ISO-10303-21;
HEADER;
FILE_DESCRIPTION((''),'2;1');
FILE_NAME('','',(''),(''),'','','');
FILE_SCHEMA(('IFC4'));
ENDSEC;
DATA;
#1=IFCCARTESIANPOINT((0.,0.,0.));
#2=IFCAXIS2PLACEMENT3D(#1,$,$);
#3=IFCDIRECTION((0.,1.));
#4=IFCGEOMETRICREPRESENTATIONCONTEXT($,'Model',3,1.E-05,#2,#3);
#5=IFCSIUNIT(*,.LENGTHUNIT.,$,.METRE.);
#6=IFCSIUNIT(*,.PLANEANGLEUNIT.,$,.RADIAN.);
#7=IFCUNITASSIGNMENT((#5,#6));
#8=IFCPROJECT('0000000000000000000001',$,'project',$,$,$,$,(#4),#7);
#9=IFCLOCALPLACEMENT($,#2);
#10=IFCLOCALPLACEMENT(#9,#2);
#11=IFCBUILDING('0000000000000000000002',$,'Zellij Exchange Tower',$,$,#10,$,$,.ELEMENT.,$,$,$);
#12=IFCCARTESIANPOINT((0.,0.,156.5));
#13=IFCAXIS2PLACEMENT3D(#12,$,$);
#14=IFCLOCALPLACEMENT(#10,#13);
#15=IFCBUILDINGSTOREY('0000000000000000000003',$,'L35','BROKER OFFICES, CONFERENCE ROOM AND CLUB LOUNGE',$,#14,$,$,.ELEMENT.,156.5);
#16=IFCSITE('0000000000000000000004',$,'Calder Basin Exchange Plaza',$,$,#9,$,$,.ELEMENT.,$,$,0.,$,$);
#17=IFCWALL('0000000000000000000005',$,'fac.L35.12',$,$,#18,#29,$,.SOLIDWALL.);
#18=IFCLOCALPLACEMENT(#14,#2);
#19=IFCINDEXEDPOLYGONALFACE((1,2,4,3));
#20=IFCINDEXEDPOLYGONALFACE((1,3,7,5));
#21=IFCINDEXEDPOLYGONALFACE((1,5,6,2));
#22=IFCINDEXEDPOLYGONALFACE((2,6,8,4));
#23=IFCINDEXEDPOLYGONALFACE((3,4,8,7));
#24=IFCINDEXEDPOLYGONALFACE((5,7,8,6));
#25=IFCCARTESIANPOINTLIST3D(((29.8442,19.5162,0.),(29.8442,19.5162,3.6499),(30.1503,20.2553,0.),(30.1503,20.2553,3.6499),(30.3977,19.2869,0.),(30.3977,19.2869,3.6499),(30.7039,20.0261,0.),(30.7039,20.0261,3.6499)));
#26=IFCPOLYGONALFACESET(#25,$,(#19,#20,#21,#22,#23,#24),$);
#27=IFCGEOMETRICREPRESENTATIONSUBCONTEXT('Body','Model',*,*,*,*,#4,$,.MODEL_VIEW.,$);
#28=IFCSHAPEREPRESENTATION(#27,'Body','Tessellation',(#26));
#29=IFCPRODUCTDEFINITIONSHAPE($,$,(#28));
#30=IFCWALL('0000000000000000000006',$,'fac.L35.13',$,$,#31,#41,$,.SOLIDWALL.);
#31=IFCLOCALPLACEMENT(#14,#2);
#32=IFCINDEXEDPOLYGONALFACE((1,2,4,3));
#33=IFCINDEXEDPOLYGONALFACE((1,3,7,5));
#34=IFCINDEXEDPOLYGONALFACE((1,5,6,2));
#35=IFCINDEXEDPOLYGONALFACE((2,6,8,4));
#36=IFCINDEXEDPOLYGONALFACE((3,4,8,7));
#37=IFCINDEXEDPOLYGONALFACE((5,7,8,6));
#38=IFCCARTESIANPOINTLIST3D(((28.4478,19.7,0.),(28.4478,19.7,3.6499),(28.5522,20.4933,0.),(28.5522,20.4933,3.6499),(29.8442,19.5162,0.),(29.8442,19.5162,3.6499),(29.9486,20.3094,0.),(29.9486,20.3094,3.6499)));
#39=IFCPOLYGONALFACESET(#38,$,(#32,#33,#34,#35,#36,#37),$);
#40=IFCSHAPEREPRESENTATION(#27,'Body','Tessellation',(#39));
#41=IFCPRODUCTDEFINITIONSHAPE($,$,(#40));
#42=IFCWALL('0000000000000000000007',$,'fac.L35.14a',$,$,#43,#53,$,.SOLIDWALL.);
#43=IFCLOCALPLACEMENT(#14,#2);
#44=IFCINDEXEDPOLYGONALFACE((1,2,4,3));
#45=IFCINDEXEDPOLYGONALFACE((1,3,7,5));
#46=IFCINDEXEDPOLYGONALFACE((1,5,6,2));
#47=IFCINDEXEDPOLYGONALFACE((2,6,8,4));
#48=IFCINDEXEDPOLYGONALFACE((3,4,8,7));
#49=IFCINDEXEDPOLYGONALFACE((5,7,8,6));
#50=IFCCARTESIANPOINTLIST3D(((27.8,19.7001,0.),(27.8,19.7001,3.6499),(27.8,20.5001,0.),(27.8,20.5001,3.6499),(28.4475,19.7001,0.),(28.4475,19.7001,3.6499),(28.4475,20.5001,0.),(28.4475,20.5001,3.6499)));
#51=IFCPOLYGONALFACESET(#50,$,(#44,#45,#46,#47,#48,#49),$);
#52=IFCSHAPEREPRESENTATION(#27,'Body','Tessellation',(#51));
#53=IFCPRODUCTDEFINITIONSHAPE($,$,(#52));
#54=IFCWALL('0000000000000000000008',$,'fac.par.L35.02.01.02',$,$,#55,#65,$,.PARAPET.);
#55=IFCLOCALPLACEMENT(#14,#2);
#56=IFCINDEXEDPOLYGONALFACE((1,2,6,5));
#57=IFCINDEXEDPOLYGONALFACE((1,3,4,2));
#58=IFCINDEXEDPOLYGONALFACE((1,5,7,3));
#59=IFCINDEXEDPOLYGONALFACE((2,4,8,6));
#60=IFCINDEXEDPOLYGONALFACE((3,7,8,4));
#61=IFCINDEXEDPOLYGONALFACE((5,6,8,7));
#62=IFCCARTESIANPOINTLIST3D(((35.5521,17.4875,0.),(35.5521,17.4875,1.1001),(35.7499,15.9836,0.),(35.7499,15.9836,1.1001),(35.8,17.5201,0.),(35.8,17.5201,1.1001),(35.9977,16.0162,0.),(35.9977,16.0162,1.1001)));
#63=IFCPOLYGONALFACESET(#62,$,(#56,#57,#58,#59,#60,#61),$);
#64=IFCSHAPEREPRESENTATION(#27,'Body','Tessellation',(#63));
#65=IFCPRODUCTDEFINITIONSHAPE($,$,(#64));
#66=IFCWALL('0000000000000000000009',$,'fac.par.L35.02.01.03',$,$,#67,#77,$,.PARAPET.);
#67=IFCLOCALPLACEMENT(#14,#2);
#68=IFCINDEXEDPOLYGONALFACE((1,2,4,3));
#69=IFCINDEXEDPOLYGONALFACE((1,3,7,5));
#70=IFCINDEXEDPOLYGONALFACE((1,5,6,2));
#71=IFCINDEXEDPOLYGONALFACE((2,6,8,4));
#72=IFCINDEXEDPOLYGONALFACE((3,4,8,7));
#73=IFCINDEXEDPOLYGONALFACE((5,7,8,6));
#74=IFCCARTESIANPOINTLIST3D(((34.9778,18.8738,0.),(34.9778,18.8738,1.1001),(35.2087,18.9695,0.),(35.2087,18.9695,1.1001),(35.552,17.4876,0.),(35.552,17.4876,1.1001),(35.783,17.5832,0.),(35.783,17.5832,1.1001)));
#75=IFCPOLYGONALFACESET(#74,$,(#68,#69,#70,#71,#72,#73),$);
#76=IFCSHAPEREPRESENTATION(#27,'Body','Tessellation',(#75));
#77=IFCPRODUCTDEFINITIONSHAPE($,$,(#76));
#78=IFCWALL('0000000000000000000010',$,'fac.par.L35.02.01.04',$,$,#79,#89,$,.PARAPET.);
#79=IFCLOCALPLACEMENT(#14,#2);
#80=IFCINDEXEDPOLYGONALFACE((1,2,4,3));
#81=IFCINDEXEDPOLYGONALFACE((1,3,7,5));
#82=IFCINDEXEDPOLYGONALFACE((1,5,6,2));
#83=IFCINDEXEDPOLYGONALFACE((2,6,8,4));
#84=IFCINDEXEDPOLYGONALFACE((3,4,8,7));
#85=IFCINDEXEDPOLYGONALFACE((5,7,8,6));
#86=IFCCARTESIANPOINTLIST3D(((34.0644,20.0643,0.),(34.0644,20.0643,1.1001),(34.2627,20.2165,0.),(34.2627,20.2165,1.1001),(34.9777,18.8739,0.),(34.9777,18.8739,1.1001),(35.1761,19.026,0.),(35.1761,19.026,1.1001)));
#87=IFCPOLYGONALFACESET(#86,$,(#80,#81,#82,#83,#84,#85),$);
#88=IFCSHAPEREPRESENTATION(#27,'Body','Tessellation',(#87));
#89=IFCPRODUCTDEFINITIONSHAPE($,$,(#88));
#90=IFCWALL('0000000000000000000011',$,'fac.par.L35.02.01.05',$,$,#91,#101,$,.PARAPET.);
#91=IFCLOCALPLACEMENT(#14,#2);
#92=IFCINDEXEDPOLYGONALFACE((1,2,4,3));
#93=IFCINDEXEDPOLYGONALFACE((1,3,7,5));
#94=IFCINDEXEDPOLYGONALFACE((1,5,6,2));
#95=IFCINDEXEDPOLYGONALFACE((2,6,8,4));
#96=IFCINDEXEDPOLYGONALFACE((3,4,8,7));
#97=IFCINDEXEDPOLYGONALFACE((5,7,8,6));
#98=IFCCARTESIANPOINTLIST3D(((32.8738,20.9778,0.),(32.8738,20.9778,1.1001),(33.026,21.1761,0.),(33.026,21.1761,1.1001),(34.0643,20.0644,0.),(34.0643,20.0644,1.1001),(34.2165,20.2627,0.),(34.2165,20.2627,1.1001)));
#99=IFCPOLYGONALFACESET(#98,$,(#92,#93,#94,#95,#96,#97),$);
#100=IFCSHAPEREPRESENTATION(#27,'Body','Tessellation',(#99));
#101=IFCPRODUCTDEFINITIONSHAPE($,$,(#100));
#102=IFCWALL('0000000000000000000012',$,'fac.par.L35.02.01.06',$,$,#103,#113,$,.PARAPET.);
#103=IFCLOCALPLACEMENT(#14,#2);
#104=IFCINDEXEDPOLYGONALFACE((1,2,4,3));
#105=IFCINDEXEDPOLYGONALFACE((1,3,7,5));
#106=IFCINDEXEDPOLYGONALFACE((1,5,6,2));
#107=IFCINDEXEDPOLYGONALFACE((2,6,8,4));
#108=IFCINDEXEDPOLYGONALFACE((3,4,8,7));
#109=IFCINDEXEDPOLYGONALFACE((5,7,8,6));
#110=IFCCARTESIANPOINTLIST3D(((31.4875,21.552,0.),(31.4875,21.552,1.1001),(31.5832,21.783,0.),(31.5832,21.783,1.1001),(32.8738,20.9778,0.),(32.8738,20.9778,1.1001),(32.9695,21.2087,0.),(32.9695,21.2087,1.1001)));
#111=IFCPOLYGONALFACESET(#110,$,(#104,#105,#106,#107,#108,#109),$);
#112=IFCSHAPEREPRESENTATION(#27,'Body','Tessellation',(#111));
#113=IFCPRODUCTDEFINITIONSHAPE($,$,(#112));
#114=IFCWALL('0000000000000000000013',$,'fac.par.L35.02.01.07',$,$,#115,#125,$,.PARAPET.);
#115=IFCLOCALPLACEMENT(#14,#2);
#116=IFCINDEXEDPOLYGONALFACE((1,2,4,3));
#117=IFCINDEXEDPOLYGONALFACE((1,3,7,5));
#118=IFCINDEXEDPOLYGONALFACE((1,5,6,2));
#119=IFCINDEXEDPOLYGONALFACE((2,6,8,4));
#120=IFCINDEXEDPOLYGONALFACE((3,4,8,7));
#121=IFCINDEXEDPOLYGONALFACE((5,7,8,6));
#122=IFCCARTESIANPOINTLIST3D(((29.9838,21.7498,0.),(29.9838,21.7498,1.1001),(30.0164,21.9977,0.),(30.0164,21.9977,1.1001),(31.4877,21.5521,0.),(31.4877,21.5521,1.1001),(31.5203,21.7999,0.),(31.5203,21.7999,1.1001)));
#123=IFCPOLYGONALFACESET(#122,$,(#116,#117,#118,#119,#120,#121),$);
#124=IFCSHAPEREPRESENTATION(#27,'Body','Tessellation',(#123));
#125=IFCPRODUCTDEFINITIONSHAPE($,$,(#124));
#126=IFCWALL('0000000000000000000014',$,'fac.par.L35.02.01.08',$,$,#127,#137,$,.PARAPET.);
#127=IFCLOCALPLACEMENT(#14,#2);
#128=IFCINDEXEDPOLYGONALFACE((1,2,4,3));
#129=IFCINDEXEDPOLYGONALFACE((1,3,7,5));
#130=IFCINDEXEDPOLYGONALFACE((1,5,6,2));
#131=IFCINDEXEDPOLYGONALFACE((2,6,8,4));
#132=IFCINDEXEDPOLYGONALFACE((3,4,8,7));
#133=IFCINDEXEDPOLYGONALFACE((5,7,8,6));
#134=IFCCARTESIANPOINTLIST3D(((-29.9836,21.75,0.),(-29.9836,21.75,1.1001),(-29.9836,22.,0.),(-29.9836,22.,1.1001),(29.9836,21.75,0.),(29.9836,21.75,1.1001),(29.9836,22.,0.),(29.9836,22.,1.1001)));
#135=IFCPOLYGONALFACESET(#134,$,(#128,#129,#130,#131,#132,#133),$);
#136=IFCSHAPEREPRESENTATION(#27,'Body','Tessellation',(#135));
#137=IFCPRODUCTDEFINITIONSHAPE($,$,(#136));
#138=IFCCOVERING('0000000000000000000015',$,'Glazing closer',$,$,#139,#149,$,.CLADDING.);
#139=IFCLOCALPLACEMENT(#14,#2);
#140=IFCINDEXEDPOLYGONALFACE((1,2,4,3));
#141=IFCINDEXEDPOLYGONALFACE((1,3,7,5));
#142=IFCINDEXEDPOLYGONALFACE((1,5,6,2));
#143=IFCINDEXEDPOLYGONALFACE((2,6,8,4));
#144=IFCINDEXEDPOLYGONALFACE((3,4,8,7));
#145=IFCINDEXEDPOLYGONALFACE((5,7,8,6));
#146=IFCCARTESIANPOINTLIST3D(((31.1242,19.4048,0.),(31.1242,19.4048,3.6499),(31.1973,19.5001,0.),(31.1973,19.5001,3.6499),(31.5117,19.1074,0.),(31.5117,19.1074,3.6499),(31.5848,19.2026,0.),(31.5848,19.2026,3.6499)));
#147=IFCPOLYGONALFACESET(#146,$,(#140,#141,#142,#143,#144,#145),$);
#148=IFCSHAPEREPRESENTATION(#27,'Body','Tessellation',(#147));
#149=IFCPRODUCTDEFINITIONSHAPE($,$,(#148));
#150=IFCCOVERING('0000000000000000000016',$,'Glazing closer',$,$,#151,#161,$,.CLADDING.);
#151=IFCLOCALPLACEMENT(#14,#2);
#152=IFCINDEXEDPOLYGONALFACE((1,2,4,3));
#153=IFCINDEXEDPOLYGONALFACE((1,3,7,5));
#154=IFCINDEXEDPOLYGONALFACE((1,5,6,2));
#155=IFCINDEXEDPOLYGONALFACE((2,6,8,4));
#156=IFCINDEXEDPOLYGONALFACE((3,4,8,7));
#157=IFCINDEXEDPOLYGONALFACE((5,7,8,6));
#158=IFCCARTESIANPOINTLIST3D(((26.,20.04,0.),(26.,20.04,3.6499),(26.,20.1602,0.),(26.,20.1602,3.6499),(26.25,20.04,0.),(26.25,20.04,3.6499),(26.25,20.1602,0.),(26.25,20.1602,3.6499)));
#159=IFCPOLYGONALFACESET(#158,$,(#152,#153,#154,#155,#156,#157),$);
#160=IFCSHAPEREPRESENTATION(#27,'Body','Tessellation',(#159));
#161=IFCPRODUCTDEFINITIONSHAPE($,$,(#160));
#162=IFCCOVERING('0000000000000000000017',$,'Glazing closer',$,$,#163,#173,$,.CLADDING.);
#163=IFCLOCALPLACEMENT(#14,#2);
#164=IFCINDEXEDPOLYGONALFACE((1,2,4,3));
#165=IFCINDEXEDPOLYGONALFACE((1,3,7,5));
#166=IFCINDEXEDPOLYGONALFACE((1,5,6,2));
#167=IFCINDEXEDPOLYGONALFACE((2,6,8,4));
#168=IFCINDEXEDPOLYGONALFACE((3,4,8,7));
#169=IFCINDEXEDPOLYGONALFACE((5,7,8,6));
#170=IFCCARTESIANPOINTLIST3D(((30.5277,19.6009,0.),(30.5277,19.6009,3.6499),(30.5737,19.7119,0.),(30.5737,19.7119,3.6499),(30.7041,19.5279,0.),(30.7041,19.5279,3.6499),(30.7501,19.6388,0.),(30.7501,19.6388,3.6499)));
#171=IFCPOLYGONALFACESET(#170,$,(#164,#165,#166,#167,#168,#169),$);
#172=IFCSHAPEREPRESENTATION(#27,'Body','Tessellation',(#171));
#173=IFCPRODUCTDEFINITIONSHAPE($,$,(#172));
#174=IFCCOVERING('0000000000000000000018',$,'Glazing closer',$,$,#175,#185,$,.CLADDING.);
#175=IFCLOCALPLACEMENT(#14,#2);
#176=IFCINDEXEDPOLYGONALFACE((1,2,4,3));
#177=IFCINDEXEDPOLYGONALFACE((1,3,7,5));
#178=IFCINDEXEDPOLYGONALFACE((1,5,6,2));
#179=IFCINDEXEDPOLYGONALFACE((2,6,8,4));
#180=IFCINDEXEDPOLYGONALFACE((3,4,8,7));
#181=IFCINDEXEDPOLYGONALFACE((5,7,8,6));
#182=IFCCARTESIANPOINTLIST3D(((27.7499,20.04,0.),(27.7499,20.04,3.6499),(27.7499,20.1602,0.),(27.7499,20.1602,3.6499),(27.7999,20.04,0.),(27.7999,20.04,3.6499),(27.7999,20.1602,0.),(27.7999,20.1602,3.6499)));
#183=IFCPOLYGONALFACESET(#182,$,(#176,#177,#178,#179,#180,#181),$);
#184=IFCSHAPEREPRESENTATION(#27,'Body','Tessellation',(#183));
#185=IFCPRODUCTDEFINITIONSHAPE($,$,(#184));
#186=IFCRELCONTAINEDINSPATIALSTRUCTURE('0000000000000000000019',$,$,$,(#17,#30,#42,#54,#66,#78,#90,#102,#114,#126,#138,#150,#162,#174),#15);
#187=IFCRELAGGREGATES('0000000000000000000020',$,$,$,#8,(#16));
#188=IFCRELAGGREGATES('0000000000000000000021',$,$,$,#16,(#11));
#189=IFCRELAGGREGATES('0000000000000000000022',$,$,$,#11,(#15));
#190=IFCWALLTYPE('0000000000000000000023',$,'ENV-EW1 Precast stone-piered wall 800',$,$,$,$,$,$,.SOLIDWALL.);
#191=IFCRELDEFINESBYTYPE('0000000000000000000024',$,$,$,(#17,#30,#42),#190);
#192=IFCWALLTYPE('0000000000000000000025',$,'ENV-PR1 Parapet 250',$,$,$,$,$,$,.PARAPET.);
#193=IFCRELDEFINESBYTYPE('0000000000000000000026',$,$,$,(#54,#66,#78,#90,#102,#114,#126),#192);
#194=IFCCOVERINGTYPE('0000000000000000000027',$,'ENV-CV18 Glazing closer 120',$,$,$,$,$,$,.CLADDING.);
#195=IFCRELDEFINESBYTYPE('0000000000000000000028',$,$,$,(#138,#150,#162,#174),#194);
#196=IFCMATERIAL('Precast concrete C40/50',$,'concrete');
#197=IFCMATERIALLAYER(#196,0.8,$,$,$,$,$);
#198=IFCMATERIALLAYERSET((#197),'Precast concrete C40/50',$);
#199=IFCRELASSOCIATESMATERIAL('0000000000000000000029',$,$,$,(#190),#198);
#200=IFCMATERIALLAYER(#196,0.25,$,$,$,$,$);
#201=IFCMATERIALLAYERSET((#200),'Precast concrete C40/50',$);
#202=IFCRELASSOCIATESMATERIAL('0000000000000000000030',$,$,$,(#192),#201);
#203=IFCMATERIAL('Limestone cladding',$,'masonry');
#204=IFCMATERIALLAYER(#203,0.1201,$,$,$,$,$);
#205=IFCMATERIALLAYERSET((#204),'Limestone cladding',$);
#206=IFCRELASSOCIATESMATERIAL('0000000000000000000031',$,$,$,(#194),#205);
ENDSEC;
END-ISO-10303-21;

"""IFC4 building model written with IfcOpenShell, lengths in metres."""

from ifc_helpers import new_model, si_unit, direction, frame, frame_2d, origin, origin_2d, place, context, subcontext, project, spatial, rectangle, extrude, material, layer, layer_set, type_object, element, save


model = new_model("IFC4")

# Units and contexts
model_context = context("Model", 3, precision=1e-05, world=origin(), true_north=direction((0.0, 1.0)))
body_context = subcontext(model_context, "Body", "Model", "MODEL_VIEW")
ifc_project = project(units=[si_unit("LENGTHUNIT", "METRE"), si_unit("PLANEANGLEUNIT", "RADIAN")], contexts=[model_context])

# Site, building, storey
site_placement = place(None, origin())
site = spatial("IfcSite", under=ifc_project, at=site_placement, Name="Calder Basin Exchange Plaza", CompositionType="ELEMENT", RefElevation=0.0)
building_placement = place(site_placement, origin())
building = spatial("IfcBuilding", under=site, at=building_placement, Name="Zellij Exchange Tower", CompositionType="ELEMENT")
storey_placement = place(building_placement, frame((0.0, 0.0, 156.5)))
storey = spatial("IfcBuildingStorey", under=building, at=storey_placement, Name="L35", Description="BROKER OFFICES, CONFERENCE ROOM AND CLUB LOUNGE", CompositionType="ELEMENT", Elevation=156.5)

# Walls
ifc_material_1 = material(Name="Precast concrete C40/50", Category="concrete")
ifc_layer_1 = layer(ifc_material_1, 0.8)
ifc_layer_set_1 = layer_set([ifc_layer_1], Name="Precast concrete C40/50")
wall_type_1 = type_object("IfcWallType", Name="ENV-EW1 Precast stone-piered wall 800", PredefinedType="SOLIDWALL", material=ifc_layer_set_1)
wall_1_placement = place(storey_placement, frame((30.5508, 19.6565, 0.0), z_axis=(0.0, 0.0, 1.0), x_axis=(-0.923883, 0.382676, 0.0)))
element("IfcWall", 1, at=wall_1_placement, inside=storey, type_object=wall_type_1, Name="fac.L35.12", PredefinedType="SOLIDWALL", context=body_context, shape_type="SweptSolid", body=[
    extrude(rectangle(XDim=0.5991, YDim=0.8, at=frame_2d((0.2996, 0.0))), origin(), (0.0, 0.0, 1.0), 3.6499),
])
wall_2_placement = place(storey_placement, frame((29.8962, 19.9128, 0.0), z_axis=(0.0, 0.0, 1.0), x_axis=(-0.991446, 0.130517, 0.0)))
element("IfcWall", 2, at=wall_2_placement, inside=storey, type_object=wall_type_1, Name="fac.L35.13", PredefinedType="SOLIDWALL", context=body_context, shape_type="SweptSolid", body=[
    extrude(rectangle(XDim=1.4084, YDim=0.8, at=frame_2d((0.7041, 0.0))), origin(), (0.0, 0.0, 1.0), 3.6499),
])
wall_3_placement = place(storey_placement, frame((28.4475, 20.1001, 0.0), z_axis=(0.0, 0.0, 1.0), x_axis=(-1.0, 0.0, 0.0)))
element("IfcWall", 3, at=wall_3_placement, inside=storey, type_object=wall_type_1, Name="fac.L35.14a", PredefinedType="SOLIDWALL", context=body_context, shape_type="SweptSolid", body=[
    extrude(rectangle(XDim=0.6475, YDim=0.8, at=frame_2d((0.3237, 0.0))), origin(), (0.0, 0.0, 1.0), 3.6499),
])
ifc_layer_2 = layer(ifc_material_1, 0.25)
ifc_layer_set_2 = layer_set([ifc_layer_2], Name="Precast concrete C40/50")
wall_type_2 = type_object("IfcWallType", Name="ENV-PR1 Parapet 250", PredefinedType="PARAPET", material=ifc_layer_set_2)
wall_4_placement = place(storey_placement, frame((35.8738, 16.0, 0.0), z_axis=(0.0, 0.0, 1.0), x_axis=(-0.130371, 0.991465, 0.0)))
element("IfcWall", 4, at=wall_4_placement, inside=storey, type_object=wall_type_2, Name="fac.par.L35.02.01.02", PredefinedType="PARAPET", context=body_context, shape_type="SweptSolid", body=[
    extrude(rectangle(XDim=1.5168, YDim=0.25, at=frame_2d((0.7583, 0.0))), origin(), (0.0, 0.0, 1.0), 1.1001),
])
for number, where, z_axis, x_axis, name in (
    (5, (35.6675, 17.5354, 0.0), (0.0, 0.0, 1.0), (-0.382697, 0.923874, 0.0), "fac.par.L35.02.01.03"),
    (6, (35.0769, 18.95, 0.0), (0.0, 0.0, 1.0), (-0.608712, 0.793392, 0.0), "fac.par.L35.02.01.04"),
    (7, (34.1404, 20.1636, 0.0), (0.0, 0.0, 1.0), (-0.793392, 0.608712, 0.0), "fac.par.L35.02.01.05"),
    (8, (32.9216, 21.0933, 0.0), (0.0, 0.0, 1.0), (-0.923874, 0.382697, 0.0), "fac.par.L35.02.01.06"),
):
    element("IfcWall", number, at=place(storey_placement, frame(where, z_axis=z_axis, x_axis=x_axis)), inside=storey, type_object=wall_type_2, Name=name, PredefinedType="PARAPET", context=body_context, shape_type="SweptSolid", body=[
        extrude(rectangle(XDim=1.5005, YDim=0.25, at=frame_2d((0.7502, 0.0))), origin(), (0.0, 0.0, 1.0), 1.1001),
    ])
wall_5_placement = place(storey_placement, frame((31.5039, 21.676, 0.0), z_axis=(0.0, 0.0, 1.0), x_axis=(-0.991465, 0.130371, 0.0)))
element("IfcWall", 9, at=wall_5_placement, inside=storey, type_object=wall_type_2, Name="fac.par.L35.02.01.07", PredefinedType="PARAPET", context=body_context, shape_type="SweptSolid", body=[
    extrude(rectangle(XDim=1.5168, YDim=0.25, at=frame_2d((0.7583, 0.0))), origin(), (0.0, 0.0, 1.0), 1.1001),
])
wall_6_placement = place(storey_placement, frame((29.9836, 21.875, 0.0), z_axis=(0.0, 0.0, 1.0), x_axis=(-1.0, 0.0, 0.0)))
element("IfcWall", 10, at=wall_6_placement, inside=storey, type_object=wall_type_2, Name="fac.par.L35.02.01.08", PredefinedType="PARAPET", context=body_context, shape_type="SweptSolid", body=[
    extrude(rectangle(XDim=59.9673, YDim=0.25, at=frame_2d((29.9836, 0.0))), origin(), (0.0, 0.0, 1.0), 1.1001),
])

# Coverings
ifc_material_2 = material(Name="Limestone cladding", Category="masonry")
ifc_layer_3 = layer(ifc_material_2, 0.1201)
ifc_layer_set_3 = layer_set([ifc_layer_3], Name="Limestone cladding")
covering_type = type_object("IfcCoveringType", Name="ENV-CV18 Glazing closer 120", PredefinedType="CLADDING", material=ifc_layer_set_3)
covering_1_placement = place(storey_placement, frame((31.3545, 19.3037, 0.0), z_axis=(0.0, 0.0, 1.0), x_axis=(-0.793316, 0.60881, 0.0)))
element("IfcCovering", 11, at=covering_1_placement, inside=storey, type_object=covering_type, Name="Glazing closer", PredefinedType="CLADDING", context=body_context, shape_type="SweptSolid", body=[
    extrude(rectangle(XDim=0.4885, YDim=0.1201, at=origin_2d()), origin(), (0.0, 0.0, 1.0), 3.6499),
])
covering_2_placement = place(storey_placement, frame((26.125, 20.1001, 0.0), z_axis=(0.0, 0.0, 1.0), x_axis=(1.0, 0.0, 0.0)))
element("IfcCovering", 12, at=covering_2_placement, inside=storey, type_object=covering_type, Name="Glazing closer", PredefinedType="CLADDING", context=body_context, shape_type="SweptSolid", body=[
    extrude(rectangle(XDim=0.25, YDim=0.1201, at=origin_2d()), origin(), (0.0, 0.0, 1.0), 3.6499),
])
covering_3_placement = place(storey_placement, frame((30.6389, 19.6199, 0.0), z_axis=(0.0, 0.0, 1.0), x_axis=(0.923882, -0.382679, 0.0)))
element("IfcCovering", 13, at=covering_3_placement, inside=storey, type_object=covering_type, Name="Glazing closer", PredefinedType="CLADDING", context=body_context, shape_type="SweptSolid", body=[
    extrude(rectangle(XDim=0.1909, YDim=0.1201, at=origin_2d()), origin(), (0.0, 0.0, 1.0), 3.6499),
])
covering_4_placement = place(storey_placement, frame((27.7749, 20.1001, 0.0), z_axis=(0.0, 0.0, 1.0), x_axis=(-1.0, 0.0, 0.0)))
element("IfcCovering", 14, at=covering_4_placement, inside=storey, type_object=covering_type, Name="Glazing closer", PredefinedType="CLADDING", context=body_context, shape_type="SweptSolid", body=[
    extrude(rectangle(XDim=0.05, YDim=0.1201, at=origin_2d()), origin(), (0.0, 0.0, 1.0), 3.6499),
])

save(model, "model.ifc")
